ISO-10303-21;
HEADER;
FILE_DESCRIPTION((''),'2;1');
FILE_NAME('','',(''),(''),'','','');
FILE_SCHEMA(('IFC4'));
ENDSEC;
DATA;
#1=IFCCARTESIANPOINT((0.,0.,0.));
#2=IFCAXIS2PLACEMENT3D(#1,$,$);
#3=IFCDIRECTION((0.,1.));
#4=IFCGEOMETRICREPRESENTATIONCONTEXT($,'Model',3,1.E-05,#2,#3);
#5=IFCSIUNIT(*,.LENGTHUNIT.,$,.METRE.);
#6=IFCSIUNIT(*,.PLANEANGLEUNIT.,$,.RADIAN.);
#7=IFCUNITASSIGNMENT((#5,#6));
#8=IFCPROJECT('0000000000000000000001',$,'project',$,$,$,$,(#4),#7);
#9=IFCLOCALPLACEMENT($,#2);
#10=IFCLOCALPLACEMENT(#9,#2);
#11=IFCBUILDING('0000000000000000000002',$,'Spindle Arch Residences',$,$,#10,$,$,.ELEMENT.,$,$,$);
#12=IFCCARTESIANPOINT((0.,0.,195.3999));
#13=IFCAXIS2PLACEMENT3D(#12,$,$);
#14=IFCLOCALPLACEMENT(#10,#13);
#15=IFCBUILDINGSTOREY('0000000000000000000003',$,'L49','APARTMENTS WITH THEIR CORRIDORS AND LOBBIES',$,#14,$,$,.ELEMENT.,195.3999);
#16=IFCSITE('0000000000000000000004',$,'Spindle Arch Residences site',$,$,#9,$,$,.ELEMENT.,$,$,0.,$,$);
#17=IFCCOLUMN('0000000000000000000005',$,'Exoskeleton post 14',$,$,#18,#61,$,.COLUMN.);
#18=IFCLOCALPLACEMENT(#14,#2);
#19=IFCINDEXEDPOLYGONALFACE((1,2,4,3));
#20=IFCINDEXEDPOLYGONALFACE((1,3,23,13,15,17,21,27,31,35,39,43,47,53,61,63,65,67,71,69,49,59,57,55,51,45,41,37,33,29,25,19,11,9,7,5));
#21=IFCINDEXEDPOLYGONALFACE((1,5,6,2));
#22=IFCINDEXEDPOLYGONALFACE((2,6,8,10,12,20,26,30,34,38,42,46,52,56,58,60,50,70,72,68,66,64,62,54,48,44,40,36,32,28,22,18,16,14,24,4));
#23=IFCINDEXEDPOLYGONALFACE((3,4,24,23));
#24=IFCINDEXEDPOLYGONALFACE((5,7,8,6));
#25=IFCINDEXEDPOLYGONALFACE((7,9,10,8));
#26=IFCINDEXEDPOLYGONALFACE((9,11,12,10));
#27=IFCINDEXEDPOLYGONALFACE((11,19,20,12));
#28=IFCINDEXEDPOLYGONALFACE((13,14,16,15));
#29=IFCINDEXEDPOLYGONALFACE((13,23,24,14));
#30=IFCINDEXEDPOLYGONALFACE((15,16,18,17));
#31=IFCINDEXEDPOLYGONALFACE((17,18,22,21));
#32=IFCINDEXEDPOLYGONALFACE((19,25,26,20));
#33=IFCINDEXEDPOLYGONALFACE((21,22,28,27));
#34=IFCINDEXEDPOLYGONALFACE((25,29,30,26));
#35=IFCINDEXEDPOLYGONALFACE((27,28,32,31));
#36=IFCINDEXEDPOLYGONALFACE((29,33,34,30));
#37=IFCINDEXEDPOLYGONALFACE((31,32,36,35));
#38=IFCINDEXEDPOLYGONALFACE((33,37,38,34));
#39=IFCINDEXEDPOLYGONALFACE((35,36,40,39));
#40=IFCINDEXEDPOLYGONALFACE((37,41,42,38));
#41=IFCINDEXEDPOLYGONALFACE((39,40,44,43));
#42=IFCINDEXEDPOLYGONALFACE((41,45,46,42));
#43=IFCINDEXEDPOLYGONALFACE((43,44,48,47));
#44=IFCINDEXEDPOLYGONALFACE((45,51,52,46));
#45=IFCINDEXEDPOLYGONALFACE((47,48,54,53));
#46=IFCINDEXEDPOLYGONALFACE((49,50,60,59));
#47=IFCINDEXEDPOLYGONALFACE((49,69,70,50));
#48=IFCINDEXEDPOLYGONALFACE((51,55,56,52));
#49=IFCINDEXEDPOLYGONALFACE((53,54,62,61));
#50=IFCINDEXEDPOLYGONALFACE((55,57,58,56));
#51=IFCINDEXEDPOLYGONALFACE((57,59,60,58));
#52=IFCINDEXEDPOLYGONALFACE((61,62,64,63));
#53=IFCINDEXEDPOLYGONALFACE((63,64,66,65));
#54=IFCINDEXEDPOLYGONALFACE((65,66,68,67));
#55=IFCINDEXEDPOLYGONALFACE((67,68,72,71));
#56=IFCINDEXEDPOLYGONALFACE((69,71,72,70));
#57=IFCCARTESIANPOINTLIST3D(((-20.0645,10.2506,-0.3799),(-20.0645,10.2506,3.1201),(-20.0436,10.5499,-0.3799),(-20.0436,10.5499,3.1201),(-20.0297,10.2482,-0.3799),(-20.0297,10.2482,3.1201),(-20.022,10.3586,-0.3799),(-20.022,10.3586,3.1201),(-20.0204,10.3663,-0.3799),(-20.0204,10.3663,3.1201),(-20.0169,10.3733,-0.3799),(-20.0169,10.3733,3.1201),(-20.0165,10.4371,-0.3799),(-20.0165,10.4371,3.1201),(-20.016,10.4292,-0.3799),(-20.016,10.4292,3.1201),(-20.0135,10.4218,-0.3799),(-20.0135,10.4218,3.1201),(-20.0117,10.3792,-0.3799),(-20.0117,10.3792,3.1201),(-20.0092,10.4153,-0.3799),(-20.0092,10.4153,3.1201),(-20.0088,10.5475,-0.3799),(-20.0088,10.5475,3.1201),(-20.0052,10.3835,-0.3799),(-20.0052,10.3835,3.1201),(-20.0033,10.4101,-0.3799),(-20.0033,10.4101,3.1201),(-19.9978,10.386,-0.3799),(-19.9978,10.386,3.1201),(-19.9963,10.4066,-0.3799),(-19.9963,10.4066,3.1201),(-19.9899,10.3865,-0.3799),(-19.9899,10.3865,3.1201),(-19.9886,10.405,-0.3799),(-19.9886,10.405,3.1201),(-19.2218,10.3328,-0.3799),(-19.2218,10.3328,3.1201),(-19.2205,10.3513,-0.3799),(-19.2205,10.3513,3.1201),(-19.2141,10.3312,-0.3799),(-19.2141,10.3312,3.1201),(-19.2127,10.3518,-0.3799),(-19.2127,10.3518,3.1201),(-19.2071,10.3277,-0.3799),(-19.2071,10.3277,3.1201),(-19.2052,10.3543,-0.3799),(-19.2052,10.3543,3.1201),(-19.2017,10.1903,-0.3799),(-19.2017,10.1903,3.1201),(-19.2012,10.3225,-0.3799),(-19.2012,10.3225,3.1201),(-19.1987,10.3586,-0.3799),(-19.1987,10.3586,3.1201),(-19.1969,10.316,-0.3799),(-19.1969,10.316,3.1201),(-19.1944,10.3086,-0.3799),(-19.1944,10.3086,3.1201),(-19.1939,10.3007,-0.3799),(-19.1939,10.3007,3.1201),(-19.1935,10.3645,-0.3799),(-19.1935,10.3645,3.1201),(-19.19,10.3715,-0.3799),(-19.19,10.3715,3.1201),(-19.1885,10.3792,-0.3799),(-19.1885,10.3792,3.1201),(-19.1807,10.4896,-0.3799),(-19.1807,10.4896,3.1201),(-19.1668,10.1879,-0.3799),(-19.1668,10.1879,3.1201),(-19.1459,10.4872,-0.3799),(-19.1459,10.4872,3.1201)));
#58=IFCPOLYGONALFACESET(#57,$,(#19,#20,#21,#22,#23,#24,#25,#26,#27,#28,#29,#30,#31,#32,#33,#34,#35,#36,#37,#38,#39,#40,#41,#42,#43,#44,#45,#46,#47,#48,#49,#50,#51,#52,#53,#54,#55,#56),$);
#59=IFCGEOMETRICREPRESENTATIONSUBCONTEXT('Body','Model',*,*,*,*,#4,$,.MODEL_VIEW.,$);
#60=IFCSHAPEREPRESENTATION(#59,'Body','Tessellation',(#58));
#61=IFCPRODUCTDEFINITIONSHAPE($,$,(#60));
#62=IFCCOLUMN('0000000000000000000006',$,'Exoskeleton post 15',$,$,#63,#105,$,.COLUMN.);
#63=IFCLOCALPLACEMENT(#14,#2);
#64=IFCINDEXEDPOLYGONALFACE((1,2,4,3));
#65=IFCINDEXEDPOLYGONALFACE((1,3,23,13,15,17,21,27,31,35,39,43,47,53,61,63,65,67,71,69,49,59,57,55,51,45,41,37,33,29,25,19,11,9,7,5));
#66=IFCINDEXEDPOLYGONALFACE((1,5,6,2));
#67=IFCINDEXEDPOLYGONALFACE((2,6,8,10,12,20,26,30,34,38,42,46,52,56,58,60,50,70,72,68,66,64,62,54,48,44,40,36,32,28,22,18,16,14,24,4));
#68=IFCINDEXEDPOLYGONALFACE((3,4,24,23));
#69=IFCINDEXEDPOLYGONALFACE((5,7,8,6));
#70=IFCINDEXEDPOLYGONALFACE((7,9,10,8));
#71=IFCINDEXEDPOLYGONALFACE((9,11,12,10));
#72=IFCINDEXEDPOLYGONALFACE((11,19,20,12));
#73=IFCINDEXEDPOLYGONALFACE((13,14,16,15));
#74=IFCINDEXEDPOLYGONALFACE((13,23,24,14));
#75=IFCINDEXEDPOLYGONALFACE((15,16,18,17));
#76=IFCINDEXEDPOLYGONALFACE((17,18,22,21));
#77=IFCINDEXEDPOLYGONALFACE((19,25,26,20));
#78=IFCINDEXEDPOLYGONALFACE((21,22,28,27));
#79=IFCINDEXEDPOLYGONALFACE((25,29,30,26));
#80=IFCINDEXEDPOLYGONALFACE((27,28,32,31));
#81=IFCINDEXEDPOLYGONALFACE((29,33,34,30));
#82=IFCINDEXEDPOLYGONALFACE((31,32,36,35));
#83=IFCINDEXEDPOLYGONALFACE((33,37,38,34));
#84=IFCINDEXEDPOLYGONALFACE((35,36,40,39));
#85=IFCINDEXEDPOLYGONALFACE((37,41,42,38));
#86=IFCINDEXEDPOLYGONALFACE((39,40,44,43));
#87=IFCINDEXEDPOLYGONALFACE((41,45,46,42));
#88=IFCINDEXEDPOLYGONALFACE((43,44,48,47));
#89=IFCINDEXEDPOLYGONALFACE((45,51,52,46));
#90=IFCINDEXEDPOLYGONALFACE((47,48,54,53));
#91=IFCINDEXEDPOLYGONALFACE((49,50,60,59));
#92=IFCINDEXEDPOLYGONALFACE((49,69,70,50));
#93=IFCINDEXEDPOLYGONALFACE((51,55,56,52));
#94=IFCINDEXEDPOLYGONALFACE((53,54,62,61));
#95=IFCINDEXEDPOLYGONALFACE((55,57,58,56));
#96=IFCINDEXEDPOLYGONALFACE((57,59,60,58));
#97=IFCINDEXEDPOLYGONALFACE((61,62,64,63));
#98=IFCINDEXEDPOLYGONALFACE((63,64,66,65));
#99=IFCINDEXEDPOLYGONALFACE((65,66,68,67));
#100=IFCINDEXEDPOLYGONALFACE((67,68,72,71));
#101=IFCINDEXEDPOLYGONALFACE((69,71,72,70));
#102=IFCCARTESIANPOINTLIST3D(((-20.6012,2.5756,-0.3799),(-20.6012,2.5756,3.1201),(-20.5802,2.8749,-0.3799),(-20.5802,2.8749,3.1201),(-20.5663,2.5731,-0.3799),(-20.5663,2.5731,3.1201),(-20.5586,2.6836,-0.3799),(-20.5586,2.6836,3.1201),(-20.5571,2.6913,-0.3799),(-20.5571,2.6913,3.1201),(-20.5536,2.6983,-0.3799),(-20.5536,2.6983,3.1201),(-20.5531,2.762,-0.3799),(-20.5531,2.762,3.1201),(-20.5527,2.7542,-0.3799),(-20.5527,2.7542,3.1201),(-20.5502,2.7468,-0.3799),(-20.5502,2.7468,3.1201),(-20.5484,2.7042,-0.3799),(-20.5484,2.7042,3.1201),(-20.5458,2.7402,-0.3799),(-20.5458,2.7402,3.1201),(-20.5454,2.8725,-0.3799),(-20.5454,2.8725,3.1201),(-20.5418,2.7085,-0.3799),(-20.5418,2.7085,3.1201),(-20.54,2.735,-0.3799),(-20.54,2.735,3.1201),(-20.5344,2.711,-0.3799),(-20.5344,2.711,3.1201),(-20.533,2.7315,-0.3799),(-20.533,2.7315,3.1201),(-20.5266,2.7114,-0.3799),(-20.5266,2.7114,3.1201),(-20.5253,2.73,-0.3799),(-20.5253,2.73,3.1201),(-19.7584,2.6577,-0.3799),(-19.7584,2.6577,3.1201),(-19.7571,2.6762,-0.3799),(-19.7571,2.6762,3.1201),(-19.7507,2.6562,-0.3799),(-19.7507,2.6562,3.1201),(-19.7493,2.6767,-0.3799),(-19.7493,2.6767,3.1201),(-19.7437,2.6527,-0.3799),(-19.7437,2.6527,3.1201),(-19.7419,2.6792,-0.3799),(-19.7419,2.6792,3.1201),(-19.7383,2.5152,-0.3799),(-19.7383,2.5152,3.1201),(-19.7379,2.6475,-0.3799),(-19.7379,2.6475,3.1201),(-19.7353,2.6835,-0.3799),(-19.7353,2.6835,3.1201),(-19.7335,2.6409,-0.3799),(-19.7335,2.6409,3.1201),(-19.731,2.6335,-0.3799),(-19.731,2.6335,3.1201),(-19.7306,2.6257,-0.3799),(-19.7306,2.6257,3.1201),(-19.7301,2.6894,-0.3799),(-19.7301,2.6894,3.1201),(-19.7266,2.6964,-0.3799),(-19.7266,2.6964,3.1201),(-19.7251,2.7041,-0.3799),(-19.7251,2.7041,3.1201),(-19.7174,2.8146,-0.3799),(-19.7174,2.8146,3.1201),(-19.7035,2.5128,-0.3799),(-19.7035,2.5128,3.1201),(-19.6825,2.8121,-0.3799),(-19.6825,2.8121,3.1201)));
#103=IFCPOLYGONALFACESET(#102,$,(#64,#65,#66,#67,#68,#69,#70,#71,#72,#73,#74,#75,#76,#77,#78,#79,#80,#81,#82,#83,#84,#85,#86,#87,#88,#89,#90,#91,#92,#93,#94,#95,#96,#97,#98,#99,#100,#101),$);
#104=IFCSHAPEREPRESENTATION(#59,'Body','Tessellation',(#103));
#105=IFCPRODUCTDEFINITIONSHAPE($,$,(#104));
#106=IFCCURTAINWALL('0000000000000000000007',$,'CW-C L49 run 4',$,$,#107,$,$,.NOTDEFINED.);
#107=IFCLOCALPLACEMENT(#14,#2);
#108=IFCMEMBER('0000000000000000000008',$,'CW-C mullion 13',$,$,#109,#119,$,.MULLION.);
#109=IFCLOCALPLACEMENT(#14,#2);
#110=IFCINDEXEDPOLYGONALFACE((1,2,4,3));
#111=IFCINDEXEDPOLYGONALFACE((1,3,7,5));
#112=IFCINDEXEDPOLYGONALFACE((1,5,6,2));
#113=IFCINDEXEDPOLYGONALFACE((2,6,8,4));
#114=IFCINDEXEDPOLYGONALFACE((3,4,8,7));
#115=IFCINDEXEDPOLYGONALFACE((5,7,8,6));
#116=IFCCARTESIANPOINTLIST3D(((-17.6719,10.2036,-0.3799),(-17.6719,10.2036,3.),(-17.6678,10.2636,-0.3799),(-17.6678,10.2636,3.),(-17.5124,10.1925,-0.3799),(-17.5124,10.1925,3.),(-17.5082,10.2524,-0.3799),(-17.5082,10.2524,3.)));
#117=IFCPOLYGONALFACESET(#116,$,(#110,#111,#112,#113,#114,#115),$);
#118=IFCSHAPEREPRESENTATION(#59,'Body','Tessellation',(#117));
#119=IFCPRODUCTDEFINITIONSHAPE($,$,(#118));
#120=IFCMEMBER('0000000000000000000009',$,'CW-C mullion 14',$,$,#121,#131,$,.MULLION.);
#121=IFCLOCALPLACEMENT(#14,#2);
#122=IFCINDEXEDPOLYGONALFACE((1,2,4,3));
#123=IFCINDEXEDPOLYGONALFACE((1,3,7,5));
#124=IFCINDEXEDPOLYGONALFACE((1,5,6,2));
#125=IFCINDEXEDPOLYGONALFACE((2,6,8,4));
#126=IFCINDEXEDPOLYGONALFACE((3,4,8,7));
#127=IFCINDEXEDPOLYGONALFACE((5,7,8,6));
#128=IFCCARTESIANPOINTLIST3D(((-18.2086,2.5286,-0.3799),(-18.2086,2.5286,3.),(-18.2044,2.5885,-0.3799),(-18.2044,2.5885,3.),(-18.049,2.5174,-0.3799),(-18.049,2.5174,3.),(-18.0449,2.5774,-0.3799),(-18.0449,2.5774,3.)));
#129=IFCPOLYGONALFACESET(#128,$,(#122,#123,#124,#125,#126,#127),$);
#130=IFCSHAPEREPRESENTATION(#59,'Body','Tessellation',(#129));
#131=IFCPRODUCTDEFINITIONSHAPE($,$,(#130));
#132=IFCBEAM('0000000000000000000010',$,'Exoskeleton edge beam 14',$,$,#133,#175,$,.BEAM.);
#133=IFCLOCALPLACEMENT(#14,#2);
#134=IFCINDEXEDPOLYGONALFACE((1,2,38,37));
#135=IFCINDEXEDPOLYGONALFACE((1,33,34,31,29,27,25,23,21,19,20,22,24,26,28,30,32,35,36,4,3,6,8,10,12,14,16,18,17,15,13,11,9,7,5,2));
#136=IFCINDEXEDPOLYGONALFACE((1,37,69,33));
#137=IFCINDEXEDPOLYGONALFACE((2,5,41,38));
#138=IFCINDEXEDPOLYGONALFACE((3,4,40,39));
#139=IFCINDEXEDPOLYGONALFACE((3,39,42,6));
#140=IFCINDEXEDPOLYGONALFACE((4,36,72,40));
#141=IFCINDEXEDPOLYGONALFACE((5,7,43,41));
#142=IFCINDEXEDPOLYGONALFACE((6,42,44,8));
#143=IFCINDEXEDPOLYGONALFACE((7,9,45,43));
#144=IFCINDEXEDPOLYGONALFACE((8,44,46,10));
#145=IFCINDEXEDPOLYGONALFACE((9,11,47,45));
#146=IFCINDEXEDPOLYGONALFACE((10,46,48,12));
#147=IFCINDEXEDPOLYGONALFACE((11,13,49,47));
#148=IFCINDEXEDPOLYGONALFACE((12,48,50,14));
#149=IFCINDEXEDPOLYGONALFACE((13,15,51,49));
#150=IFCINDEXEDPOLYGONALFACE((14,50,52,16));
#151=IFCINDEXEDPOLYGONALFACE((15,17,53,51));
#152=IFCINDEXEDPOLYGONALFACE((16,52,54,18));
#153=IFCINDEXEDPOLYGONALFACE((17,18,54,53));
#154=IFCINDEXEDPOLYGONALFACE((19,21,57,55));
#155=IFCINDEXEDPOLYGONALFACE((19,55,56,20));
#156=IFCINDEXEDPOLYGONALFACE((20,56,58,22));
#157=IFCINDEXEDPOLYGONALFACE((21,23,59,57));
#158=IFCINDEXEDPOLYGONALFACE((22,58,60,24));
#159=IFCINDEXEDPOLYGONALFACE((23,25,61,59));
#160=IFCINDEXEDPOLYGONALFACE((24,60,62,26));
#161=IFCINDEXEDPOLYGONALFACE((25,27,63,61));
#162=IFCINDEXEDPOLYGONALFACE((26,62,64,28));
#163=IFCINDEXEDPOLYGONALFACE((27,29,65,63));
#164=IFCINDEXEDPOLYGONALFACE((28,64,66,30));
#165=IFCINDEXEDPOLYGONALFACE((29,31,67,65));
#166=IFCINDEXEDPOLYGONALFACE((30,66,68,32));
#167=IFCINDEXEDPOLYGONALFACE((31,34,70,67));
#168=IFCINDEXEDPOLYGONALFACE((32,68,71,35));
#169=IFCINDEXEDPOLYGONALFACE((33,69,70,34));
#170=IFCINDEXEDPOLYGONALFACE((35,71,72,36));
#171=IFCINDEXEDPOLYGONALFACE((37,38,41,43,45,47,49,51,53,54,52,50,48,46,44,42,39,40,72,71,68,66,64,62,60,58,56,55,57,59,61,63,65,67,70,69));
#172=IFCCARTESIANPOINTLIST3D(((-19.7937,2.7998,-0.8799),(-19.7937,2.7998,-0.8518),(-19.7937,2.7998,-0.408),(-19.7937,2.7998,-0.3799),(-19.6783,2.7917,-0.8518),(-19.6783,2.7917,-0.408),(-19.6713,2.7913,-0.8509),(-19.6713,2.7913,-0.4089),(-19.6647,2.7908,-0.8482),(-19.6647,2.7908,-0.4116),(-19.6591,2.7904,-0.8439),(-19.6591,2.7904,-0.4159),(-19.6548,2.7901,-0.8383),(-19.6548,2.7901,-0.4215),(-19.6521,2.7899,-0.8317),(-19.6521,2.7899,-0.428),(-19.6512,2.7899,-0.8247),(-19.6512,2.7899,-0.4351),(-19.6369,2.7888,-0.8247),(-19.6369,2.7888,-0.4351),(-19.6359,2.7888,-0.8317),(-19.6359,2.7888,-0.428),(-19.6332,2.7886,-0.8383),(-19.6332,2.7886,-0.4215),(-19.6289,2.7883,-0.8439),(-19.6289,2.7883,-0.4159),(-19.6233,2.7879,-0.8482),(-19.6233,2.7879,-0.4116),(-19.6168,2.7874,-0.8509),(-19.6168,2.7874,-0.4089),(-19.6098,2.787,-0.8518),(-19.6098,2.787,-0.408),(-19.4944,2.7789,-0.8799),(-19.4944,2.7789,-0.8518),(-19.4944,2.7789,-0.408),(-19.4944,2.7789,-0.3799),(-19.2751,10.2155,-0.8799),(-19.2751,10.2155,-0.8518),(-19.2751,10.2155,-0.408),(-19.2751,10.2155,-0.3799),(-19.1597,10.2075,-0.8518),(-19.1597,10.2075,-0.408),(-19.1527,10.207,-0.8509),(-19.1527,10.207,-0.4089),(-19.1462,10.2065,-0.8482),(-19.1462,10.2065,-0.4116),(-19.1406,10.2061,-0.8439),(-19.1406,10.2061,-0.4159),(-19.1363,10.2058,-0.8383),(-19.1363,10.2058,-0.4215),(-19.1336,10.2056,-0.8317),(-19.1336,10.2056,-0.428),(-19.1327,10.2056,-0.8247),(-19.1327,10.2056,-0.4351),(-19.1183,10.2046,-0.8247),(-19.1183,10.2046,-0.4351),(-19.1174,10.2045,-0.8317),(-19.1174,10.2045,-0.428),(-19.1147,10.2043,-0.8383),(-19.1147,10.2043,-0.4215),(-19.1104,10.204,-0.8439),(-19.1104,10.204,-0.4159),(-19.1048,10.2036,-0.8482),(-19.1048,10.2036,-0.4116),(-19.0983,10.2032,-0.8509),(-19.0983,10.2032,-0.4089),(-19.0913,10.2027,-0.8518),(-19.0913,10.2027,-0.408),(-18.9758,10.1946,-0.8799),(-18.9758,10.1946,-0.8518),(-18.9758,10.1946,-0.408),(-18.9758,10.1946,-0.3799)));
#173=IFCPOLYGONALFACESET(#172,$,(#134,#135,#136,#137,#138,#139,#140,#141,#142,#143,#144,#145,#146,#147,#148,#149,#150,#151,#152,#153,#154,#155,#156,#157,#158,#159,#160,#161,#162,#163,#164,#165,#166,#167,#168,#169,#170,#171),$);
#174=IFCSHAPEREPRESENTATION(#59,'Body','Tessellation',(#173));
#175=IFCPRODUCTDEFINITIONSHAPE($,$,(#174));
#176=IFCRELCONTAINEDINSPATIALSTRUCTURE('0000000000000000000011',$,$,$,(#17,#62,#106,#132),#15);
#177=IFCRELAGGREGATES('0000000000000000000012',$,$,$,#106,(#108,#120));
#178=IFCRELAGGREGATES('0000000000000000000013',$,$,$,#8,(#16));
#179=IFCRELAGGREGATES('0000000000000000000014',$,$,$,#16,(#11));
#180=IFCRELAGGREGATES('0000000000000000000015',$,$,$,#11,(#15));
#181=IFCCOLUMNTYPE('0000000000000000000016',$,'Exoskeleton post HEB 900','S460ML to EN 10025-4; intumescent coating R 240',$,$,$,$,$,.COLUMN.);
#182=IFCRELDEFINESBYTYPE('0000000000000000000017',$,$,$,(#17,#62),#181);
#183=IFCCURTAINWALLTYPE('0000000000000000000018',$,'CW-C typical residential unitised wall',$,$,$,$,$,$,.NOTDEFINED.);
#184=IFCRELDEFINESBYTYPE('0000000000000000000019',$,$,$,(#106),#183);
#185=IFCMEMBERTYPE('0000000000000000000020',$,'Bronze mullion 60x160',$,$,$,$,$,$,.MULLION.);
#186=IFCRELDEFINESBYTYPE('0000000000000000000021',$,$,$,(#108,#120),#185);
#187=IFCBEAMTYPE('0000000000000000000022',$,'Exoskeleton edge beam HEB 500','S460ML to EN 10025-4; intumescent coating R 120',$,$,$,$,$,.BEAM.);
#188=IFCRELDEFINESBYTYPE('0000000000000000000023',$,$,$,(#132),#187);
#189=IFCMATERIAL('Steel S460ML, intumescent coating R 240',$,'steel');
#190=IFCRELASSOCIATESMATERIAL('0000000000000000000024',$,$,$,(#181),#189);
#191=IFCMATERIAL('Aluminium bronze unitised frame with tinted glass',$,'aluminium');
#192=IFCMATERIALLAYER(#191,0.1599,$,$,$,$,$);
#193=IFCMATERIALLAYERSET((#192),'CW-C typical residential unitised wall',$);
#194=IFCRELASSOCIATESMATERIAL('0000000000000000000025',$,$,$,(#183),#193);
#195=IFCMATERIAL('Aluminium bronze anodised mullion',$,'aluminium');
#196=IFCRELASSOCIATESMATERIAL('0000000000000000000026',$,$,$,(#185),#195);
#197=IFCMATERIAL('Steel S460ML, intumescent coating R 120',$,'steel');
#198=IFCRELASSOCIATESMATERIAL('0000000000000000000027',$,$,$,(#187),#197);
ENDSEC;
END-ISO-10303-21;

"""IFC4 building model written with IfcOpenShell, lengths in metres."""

from ifc_helpers import new_model, si_unit, direction, frame, origin, origin_2d, place, context, subcontext, project, spatial, rectangle, i_section, extrude, material, layer, layer_set, material_profile, profile_set, type_object, element, aggregate, save


model = new_model("IFC4")

# Units and contexts
model_context = context("Model", 3, precision=1e-05, world=origin(), true_north=direction((0.0, 1.0)))
body_context = subcontext(model_context, "Body", "Model", "MODEL_VIEW")
ifc_project = project(units=[si_unit("LENGTHUNIT", "METRE"), si_unit("PLANEANGLEUNIT", "RADIAN")], contexts=[model_context])

# Site, building, storey
site_placement = place(None, origin())
site = spatial("IfcSite", under=ifc_project, at=site_placement, Name="Spindle Arch Residences site", CompositionType="ELEMENT", RefElevation=0.0)
building_placement = place(site_placement, origin())
building = spatial("IfcBuilding", under=site, at=building_placement, Name="Spindle Arch Residences", CompositionType="ELEMENT")
storey_placement = place(building_placement, frame((0.0, 0.0, 195.3999)))
storey = spatial("IfcBuildingStorey", under=building, at=storey_placement, Name="L49", Description="APARTMENTS WITH THEIR CORRIDORS AND LOBBIES", CompositionType="ELEMENT", Elevation=195.3999)

# Columns
ifc_material_1 = material(Name="Steel S460ML, intumescent coating R 240", Category="steel")
ifc_material_profile_1 = material_profile(ifc_material_1, i_section(OverallWidth=0.3, OverallDepth=0.8999, WebThickness=0.0186, FlangeThickness=0.0349, FilletRadius=0.03, at=origin_2d()), Name="HEB 900")
ifc_profile_set_1 = profile_set([ifc_material_profile_1], Name="Steel S460ML, intumescent coating R 240")
column_type = type_object("IfcColumnType", Name="Exoskeleton post HEB 900", Description="S460ML to EN 10025-4; intumescent coating R 240", PredefinedType="COLUMN", material=ifc_profile_set_1)
for number, where, z_axis, x_axis, name in (
    (1, (-19.6052, 10.3689, -0.3799), (0.0, 0.0, 1.0), (0.069756, 0.997564, 0.0), "Exoskeleton post 14"),
    (2, (-20.1418, 2.6938, -0.3799), (0.0, 0.0, 1.0), (0.069756, 0.997564, 0.0), "Exoskeleton post 15"),
):
    element("IfcColumn", number, at=place(storey_placement, frame(where, z_axis=z_axis, x_axis=x_axis)), inside=storey, type_object=column_type, Name=name, PredefinedType="COLUMN", context=body_context, shape_type="SweptSolid", body=[
        extrude(i_section(OverallWidth=0.3, OverallDepth=0.8999, WebThickness=0.0186, FlangeThickness=0.0349, FilletRadius=0.03, at=origin_2d()), origin(), (0.0, 0.0, 1.0), 3.5),
    ])

# Curtain wall, members
ifc_material_2 = material(Name="Aluminium bronze unitised frame with tinted glass", Category="aluminium")
ifc_layer_1 = layer(ifc_material_2, 0.1599)
ifc_layer_set_1 = layer_set([ifc_layer_1], Name="CW-C typical residential unitised wall")
curtain_wall_type = type_object("IfcCurtainWallType", Name="CW-C typical residential unitised wall", PredefinedType="NOTDEFINED", material=ifc_layer_set_1)
curtain_wall_placement = place(storey_placement, origin())
curtain_wall = element("IfcCurtainWall", 3, at=curtain_wall_placement, inside=storey, type_object=curtain_wall_type, Name="CW-C L49 run 4", PredefinedType="NOTDEFINED")
ifc_material_3 = material(Name="Aluminium bronze anodised mullion", Category="aluminium")
ifc_material_profile_2 = material_profile(ifc_material_3, rectangle(XDim=0.1599, YDim=0.0601, at=origin_2d()), Name="MU 60x160")
ifc_profile_set_2 = profile_set([ifc_material_profile_2], Name="Aluminium bronze anodised mullion")
member_type = type_object("IfcMemberType", Name="Bronze mullion 60x160", PredefinedType="MULLION", material=ifc_profile_set_2)
member_1_placement = place(storey_placement, frame((-17.5901, 10.228, -0.3799), z_axis=(0.0, 0.0, 1.0), x_axis=(0.997564, -0.069756, 0.0)))
member_1 = element("IfcMember", 4, at=member_1_placement, type_object=member_type, Name="CW-C mullion 13", PredefinedType="MULLION", context=body_context, shape_type="SweptSolid", body=[
    extrude(rectangle(XDim=0.1599, YDim=0.0601, at=origin_2d()), origin(), (0.0, 0.0, 1.0), 3.3799),
])
member_2_placement = place(storey_placement, frame((-18.1267, 2.553, -0.3799), z_axis=(0.0, 0.0, 1.0), x_axis=(0.997564, -0.069756, 0.0)))
member_2 = element("IfcMember", 5, at=member_2_placement, type_object=member_type, Name="CW-C mullion 14", PredefinedType="MULLION", context=body_context, shape_type="SweptSolid", body=[
    extrude(rectangle(XDim=0.1599, YDim=0.0601, at=origin_2d()), origin(), (0.0, 0.0, 1.0), 3.3799),
])

# Beam
ifc_material_4 = material(Name="Steel S460ML, intumescent coating R 120", Category="steel")
ifc_material_profile_3 = material_profile(ifc_material_4, i_section(OverallWidth=0.3, OverallDepth=0.5, WebThickness=0.0144, FlangeThickness=0.0281, FilletRadius=0.0271, at=origin_2d()), Name="HEB 500")
ifc_profile_set_3 = profile_set([ifc_material_profile_3], Name="Steel S460ML, intumescent coating R 120")
beam_type_1 = type_object("IfcBeamType", Name="Exoskeleton edge beam HEB 500", Description="S460ML to EN 10025-4; intumescent coating R 120", PredefinedType="BEAM", material=ifc_profile_set_3)
beam_1_placement = place(storey_placement, frame((-19.1255, 10.2051, -0.6299), z_axis=(-0.069756, -0.997564, 0.0), x_axis=(0.997564, -0.069756, 0.0)))
element("IfcBeam", 6, at=beam_1_placement, inside=storey, type_object=beam_type_1, Name="Exoskeleton edge beam 14", PredefinedType="BEAM", context=body_context, shape_type="SweptSolid", body=[
    extrude(i_section(OverallWidth=0.3, OverallDepth=0.5, WebThickness=0.0144, FlangeThickness=0.0281, FilletRadius=0.0271, at=origin_2d()), origin(), (0.0, 0.0, 1.0), 7.4338),
])

aggregate(curtain_wall, [member_1, member_2])

save(model, "model.ifc")
